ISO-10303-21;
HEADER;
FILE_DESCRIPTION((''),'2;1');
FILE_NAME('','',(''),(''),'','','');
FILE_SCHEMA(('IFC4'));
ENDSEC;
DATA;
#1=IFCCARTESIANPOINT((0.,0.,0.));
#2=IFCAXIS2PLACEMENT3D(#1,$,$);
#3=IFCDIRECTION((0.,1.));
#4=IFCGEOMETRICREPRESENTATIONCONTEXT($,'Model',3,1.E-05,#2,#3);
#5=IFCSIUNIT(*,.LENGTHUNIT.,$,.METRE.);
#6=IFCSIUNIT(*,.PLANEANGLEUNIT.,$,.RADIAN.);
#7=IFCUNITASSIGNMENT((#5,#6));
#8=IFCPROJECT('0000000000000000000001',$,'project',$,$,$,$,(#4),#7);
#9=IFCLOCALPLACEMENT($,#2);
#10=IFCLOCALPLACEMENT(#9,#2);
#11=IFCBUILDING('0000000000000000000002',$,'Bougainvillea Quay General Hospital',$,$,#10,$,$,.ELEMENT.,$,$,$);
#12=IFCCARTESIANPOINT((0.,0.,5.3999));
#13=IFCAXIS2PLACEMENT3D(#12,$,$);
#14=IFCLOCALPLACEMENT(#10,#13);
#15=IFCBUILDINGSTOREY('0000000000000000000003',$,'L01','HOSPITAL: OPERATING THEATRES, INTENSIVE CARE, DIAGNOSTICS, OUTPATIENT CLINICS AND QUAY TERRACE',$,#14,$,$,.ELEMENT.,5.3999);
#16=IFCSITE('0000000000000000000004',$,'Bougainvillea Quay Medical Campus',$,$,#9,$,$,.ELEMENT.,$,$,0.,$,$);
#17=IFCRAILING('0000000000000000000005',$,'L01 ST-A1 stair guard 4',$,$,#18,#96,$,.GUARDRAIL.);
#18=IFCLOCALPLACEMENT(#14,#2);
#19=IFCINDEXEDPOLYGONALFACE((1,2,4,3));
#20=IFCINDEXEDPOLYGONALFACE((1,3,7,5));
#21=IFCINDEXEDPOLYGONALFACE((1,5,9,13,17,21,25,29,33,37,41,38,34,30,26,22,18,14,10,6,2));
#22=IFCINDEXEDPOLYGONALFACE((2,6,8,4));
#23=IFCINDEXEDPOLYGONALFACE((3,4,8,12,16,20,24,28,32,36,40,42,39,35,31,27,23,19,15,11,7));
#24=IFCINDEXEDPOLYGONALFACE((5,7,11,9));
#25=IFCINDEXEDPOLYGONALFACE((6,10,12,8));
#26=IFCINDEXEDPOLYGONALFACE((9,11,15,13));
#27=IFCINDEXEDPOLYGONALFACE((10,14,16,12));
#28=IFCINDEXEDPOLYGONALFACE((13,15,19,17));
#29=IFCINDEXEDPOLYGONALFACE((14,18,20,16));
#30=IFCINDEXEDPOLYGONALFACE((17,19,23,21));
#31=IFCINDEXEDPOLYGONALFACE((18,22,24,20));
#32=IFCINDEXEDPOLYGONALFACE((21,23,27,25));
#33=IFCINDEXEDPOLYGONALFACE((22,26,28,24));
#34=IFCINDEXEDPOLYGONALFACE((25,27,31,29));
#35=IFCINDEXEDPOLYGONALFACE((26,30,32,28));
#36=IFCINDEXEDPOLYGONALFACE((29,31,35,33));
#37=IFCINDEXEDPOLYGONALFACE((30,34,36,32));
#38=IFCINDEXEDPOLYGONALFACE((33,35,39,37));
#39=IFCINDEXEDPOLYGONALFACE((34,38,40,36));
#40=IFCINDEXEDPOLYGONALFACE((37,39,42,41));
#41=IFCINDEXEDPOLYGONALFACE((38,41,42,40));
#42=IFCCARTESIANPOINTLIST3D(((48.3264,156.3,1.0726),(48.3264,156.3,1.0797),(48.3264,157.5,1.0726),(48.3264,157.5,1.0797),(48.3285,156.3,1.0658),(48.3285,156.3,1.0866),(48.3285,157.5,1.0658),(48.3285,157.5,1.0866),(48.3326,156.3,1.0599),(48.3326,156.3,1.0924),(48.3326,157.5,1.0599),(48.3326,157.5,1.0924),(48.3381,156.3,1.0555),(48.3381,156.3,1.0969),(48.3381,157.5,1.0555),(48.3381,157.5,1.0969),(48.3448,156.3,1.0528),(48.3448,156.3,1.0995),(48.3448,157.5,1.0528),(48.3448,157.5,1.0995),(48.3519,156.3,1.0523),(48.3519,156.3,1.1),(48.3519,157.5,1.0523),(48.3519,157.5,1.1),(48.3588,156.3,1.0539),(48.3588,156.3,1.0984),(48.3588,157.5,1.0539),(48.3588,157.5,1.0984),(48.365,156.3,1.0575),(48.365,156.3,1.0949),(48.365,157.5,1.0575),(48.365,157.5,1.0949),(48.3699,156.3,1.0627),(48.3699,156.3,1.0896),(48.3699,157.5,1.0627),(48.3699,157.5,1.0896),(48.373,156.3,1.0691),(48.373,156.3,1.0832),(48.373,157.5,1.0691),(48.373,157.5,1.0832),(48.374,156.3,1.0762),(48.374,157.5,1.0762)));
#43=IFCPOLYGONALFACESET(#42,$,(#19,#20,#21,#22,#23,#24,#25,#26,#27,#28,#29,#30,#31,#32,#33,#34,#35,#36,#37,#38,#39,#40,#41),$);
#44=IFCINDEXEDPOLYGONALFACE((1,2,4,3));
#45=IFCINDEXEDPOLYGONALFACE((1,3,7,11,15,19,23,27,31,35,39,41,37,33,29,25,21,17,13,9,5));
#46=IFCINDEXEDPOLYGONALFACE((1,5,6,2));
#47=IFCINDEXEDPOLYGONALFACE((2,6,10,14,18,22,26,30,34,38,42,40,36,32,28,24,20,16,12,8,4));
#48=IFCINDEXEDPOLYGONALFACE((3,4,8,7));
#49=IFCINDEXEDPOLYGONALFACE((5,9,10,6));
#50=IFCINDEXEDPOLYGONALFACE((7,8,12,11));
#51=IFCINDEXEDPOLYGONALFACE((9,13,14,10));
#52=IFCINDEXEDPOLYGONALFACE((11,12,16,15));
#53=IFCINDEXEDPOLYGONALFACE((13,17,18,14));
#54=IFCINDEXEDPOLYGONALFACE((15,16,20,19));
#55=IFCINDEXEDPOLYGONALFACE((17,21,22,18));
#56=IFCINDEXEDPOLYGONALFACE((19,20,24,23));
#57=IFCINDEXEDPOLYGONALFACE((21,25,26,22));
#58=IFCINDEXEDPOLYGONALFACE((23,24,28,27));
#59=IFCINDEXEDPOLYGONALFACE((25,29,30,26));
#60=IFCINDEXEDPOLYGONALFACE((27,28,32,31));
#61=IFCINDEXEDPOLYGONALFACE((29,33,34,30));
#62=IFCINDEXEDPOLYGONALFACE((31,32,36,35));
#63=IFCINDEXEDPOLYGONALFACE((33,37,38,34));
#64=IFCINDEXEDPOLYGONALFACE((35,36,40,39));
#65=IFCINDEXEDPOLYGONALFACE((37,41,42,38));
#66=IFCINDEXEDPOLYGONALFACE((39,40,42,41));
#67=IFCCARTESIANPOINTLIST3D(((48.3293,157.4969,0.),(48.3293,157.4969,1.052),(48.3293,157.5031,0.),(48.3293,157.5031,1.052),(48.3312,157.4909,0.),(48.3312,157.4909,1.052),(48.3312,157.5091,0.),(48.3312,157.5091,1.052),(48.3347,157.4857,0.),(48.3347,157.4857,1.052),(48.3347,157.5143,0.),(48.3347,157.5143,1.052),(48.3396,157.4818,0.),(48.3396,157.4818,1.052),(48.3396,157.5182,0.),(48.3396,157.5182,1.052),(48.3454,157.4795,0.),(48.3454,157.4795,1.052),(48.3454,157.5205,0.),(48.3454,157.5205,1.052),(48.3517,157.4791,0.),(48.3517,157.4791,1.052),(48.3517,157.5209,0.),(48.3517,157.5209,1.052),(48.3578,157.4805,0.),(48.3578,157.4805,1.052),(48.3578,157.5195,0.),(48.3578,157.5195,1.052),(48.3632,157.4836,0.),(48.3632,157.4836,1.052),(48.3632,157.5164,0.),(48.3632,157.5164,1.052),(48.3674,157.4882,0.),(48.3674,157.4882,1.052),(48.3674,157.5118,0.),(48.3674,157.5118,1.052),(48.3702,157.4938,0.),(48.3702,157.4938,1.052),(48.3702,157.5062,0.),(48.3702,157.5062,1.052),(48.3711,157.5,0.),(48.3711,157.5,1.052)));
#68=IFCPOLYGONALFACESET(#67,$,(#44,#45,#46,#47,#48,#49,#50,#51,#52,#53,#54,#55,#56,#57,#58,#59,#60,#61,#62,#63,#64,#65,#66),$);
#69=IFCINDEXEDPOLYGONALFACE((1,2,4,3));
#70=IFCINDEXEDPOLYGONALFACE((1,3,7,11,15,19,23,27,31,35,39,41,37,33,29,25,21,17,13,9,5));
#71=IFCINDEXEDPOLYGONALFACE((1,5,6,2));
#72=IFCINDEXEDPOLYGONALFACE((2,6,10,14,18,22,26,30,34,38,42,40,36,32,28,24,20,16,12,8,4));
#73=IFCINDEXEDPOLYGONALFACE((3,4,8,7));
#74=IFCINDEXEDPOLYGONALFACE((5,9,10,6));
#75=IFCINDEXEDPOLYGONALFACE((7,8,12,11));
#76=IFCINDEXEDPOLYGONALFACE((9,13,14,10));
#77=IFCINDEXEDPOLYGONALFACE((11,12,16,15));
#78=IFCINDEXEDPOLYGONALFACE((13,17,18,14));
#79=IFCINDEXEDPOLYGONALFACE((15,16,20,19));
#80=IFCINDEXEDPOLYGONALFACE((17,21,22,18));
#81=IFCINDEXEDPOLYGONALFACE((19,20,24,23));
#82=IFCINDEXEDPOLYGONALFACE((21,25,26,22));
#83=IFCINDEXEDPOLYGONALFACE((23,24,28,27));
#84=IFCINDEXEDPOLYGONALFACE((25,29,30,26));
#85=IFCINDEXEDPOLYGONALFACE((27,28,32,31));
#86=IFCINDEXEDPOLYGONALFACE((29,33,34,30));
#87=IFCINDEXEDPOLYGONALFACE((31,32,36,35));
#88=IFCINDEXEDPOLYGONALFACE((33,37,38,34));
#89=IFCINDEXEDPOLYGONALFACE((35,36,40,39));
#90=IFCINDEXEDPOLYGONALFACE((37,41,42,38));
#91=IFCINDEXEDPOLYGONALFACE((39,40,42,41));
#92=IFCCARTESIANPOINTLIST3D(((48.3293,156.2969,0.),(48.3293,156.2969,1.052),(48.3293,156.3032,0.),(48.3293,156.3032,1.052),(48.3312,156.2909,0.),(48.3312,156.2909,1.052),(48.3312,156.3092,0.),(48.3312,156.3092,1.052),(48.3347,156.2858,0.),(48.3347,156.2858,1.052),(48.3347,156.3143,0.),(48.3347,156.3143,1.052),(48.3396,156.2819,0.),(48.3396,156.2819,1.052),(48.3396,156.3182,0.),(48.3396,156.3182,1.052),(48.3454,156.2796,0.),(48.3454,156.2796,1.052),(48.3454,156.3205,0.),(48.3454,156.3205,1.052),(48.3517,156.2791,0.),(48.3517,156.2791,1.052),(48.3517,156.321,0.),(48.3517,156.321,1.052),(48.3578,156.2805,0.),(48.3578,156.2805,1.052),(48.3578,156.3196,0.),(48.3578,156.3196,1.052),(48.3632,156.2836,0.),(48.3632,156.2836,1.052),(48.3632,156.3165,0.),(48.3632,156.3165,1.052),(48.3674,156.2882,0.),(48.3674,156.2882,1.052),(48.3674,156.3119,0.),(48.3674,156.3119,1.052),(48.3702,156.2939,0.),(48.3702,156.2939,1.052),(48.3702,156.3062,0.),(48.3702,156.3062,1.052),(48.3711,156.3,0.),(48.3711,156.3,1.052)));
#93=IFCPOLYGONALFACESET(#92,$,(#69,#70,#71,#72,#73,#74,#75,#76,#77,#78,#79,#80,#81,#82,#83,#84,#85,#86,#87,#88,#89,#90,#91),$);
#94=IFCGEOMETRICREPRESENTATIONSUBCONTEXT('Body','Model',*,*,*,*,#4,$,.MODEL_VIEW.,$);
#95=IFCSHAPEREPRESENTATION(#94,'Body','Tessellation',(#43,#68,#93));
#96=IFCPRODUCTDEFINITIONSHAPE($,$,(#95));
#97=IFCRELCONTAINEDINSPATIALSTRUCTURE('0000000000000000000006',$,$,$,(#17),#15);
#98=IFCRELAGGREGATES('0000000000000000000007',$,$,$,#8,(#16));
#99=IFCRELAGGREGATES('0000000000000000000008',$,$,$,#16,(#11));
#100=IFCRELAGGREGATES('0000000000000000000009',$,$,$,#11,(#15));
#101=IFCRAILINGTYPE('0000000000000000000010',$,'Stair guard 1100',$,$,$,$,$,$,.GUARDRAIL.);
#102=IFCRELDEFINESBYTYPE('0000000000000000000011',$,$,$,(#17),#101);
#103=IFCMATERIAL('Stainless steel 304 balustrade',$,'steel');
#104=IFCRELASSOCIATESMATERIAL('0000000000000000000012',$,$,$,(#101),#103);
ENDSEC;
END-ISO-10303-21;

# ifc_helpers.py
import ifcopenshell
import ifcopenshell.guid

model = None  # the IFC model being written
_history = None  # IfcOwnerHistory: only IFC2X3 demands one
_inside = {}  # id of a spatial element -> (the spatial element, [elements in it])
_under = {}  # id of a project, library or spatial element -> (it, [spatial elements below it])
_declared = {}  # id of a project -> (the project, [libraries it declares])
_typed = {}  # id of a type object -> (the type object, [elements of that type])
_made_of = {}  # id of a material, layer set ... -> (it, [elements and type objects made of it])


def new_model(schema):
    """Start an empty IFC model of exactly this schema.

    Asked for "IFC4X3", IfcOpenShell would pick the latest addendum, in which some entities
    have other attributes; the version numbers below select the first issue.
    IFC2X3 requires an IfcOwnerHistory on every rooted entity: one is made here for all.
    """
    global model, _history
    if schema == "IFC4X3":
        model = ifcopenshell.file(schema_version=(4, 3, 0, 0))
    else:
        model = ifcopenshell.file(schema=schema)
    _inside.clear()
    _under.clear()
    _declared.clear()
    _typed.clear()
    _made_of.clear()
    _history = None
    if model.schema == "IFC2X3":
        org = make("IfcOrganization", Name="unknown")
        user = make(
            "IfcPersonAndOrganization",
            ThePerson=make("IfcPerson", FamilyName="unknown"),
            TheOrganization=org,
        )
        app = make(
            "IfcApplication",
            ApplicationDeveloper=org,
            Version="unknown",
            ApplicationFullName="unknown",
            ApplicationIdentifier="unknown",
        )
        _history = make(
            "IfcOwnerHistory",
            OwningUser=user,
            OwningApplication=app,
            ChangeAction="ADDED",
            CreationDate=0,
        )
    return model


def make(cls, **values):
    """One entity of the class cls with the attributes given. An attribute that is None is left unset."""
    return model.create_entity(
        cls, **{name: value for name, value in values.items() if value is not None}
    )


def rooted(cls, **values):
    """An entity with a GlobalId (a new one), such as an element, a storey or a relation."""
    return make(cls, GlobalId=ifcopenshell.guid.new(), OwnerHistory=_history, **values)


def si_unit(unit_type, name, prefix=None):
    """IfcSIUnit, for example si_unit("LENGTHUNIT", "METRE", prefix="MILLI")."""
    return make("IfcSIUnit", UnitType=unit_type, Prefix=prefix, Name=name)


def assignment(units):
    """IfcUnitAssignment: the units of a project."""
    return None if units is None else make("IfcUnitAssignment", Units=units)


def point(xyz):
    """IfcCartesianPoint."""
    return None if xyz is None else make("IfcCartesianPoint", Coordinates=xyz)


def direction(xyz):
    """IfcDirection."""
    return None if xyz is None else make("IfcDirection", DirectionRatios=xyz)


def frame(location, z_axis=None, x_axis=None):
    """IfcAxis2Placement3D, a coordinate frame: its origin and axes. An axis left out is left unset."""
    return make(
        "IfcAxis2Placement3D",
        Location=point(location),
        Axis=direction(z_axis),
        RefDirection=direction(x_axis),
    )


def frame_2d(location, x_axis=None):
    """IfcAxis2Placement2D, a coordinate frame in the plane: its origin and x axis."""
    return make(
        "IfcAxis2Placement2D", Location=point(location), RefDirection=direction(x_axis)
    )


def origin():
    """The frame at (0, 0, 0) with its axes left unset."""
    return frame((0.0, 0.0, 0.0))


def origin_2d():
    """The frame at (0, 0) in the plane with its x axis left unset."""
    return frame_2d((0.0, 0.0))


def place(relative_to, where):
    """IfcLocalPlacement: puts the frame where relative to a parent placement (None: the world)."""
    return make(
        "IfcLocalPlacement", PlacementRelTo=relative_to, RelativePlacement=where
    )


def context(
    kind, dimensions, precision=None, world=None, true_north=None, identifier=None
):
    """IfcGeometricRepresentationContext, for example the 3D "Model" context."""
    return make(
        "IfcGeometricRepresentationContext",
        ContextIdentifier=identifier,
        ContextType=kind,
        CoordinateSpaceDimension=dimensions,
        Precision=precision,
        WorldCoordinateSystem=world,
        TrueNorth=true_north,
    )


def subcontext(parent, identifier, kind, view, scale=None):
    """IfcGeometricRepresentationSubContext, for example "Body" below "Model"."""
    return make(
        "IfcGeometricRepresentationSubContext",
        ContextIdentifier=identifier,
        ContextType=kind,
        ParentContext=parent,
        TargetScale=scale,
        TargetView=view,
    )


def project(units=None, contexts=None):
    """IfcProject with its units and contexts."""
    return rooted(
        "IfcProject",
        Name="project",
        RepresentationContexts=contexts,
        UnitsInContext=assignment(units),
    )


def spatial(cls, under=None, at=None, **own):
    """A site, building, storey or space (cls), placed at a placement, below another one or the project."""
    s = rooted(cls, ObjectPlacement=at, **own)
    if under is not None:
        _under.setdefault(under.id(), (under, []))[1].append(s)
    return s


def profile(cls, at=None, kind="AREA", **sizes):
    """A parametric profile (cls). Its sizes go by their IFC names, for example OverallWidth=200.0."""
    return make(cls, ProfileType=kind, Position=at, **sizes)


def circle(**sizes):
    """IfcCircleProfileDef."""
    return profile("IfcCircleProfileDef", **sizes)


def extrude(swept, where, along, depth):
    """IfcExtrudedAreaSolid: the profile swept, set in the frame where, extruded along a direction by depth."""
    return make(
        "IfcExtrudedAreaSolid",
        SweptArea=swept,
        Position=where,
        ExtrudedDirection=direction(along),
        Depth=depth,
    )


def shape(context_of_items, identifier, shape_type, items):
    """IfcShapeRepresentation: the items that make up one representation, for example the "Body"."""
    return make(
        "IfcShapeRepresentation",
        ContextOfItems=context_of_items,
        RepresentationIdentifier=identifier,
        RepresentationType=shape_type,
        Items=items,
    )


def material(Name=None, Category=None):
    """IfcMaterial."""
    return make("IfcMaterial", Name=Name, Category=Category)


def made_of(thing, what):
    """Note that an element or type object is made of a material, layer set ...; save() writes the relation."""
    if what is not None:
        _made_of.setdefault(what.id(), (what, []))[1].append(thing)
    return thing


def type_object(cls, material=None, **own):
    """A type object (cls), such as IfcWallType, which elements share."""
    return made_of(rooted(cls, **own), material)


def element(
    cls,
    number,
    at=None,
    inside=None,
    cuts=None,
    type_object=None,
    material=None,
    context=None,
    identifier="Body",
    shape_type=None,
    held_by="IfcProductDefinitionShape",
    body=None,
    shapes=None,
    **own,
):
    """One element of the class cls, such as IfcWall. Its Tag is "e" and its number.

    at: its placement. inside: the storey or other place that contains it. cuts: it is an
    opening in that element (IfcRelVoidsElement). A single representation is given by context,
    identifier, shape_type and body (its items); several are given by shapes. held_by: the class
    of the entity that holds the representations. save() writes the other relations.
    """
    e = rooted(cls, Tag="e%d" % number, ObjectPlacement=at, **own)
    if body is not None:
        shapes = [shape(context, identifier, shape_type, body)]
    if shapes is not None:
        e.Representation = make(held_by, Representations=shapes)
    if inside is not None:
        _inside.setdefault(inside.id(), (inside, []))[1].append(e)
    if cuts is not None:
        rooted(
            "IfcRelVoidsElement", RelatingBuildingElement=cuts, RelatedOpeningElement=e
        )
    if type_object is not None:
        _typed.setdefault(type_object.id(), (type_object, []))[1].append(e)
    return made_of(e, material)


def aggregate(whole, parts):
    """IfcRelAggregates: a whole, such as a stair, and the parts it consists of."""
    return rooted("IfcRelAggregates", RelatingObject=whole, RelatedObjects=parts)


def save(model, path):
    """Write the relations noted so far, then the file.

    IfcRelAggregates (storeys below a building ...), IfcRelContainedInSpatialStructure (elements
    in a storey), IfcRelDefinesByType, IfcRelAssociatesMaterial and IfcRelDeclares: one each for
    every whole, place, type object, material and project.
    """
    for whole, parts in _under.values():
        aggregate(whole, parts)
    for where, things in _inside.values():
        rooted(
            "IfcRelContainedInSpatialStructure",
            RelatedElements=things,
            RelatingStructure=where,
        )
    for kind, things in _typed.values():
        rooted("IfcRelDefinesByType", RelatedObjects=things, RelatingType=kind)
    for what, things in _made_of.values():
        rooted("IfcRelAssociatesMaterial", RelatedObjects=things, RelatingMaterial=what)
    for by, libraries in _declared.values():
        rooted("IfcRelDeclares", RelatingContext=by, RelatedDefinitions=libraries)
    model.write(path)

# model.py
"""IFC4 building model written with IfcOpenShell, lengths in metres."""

from ifc_helpers import new_model, si_unit, direction, frame, origin, origin_2d, place, context, subcontext, project, spatial, circle, extrude, material, type_object, element, save


model = new_model("IFC4")

# Units and contexts
model_context = context("Model", 3, precision=1e-05, world=origin(), true_north=direction((0.0, 1.0)))
body_context = subcontext(model_context, "Body", "Model", "MODEL_VIEW")
ifc_project = project(units=[si_unit("LENGTHUNIT", "METRE"), si_unit("PLANEANGLEUNIT", "RADIAN")], contexts=[model_context])

# Site, building, storey
site_placement = place(None, origin())
site = spatial("IfcSite", under=ifc_project, at=site_placement, Name="Bougainvillea Quay Medical Campus", CompositionType="ELEMENT", RefElevation=0.0)
building_placement = place(site_placement, origin())
building = spatial("IfcBuilding", under=site, at=building_placement, Name="Bougainvillea Quay General Hospital", CompositionType="ELEMENT")
storey_placement = place(building_placement, frame((0.0, 0.0, 5.3999)))
storey = spatial("IfcBuildingStorey", under=building, at=storey_placement, Name="L01", Description="HOSPITAL: OPERATING THEATRES, INTENSIVE CARE, DIAGNOSTICS, OUTPATIENT CLINICS AND QUAY TERRACE", CompositionType="ELEMENT", Elevation=5.3999)

# Railing
ifc_material_1 = material(Name="Stainless steel 304 balustrade", Category="steel")
railing_type_1 = type_object("IfcRailingType", Name="Stair guard 1100", PredefinedType="GUARDRAIL", material=ifc_material_1)
railing_1_placement = place(storey_placement, frame((48.3501, 157.5, 0.0)))
element("IfcRailing", 1, at=railing_1_placement, inside=storey, type_object=railing_type_1, Name="L01 ST-A1 stair guard 4", PredefinedType="GUARDRAIL", context=body_context, shape_type="SweptSolid", body=[
    extrude(circle(Radius=0.0239, at=origin_2d()), frame((0.0, 0.0, 1.0762), z_axis=(0.0, -1.0, 0.0), x_axis=(1.0, 0.0, 0.0)), (0.0, 0.0, 1.0), 1.2),
    extrude(circle(Radius=0.021, at=origin_2d()), origin(), (0.0, 0.0, 1.0), 1.052),
    extrude(circle(Radius=0.021, at=origin_2d()), frame((0.0, -1.2, 0.0)), (0.0, 0.0, 1.0), 1.052),
])

save(model, "model.ifc")
